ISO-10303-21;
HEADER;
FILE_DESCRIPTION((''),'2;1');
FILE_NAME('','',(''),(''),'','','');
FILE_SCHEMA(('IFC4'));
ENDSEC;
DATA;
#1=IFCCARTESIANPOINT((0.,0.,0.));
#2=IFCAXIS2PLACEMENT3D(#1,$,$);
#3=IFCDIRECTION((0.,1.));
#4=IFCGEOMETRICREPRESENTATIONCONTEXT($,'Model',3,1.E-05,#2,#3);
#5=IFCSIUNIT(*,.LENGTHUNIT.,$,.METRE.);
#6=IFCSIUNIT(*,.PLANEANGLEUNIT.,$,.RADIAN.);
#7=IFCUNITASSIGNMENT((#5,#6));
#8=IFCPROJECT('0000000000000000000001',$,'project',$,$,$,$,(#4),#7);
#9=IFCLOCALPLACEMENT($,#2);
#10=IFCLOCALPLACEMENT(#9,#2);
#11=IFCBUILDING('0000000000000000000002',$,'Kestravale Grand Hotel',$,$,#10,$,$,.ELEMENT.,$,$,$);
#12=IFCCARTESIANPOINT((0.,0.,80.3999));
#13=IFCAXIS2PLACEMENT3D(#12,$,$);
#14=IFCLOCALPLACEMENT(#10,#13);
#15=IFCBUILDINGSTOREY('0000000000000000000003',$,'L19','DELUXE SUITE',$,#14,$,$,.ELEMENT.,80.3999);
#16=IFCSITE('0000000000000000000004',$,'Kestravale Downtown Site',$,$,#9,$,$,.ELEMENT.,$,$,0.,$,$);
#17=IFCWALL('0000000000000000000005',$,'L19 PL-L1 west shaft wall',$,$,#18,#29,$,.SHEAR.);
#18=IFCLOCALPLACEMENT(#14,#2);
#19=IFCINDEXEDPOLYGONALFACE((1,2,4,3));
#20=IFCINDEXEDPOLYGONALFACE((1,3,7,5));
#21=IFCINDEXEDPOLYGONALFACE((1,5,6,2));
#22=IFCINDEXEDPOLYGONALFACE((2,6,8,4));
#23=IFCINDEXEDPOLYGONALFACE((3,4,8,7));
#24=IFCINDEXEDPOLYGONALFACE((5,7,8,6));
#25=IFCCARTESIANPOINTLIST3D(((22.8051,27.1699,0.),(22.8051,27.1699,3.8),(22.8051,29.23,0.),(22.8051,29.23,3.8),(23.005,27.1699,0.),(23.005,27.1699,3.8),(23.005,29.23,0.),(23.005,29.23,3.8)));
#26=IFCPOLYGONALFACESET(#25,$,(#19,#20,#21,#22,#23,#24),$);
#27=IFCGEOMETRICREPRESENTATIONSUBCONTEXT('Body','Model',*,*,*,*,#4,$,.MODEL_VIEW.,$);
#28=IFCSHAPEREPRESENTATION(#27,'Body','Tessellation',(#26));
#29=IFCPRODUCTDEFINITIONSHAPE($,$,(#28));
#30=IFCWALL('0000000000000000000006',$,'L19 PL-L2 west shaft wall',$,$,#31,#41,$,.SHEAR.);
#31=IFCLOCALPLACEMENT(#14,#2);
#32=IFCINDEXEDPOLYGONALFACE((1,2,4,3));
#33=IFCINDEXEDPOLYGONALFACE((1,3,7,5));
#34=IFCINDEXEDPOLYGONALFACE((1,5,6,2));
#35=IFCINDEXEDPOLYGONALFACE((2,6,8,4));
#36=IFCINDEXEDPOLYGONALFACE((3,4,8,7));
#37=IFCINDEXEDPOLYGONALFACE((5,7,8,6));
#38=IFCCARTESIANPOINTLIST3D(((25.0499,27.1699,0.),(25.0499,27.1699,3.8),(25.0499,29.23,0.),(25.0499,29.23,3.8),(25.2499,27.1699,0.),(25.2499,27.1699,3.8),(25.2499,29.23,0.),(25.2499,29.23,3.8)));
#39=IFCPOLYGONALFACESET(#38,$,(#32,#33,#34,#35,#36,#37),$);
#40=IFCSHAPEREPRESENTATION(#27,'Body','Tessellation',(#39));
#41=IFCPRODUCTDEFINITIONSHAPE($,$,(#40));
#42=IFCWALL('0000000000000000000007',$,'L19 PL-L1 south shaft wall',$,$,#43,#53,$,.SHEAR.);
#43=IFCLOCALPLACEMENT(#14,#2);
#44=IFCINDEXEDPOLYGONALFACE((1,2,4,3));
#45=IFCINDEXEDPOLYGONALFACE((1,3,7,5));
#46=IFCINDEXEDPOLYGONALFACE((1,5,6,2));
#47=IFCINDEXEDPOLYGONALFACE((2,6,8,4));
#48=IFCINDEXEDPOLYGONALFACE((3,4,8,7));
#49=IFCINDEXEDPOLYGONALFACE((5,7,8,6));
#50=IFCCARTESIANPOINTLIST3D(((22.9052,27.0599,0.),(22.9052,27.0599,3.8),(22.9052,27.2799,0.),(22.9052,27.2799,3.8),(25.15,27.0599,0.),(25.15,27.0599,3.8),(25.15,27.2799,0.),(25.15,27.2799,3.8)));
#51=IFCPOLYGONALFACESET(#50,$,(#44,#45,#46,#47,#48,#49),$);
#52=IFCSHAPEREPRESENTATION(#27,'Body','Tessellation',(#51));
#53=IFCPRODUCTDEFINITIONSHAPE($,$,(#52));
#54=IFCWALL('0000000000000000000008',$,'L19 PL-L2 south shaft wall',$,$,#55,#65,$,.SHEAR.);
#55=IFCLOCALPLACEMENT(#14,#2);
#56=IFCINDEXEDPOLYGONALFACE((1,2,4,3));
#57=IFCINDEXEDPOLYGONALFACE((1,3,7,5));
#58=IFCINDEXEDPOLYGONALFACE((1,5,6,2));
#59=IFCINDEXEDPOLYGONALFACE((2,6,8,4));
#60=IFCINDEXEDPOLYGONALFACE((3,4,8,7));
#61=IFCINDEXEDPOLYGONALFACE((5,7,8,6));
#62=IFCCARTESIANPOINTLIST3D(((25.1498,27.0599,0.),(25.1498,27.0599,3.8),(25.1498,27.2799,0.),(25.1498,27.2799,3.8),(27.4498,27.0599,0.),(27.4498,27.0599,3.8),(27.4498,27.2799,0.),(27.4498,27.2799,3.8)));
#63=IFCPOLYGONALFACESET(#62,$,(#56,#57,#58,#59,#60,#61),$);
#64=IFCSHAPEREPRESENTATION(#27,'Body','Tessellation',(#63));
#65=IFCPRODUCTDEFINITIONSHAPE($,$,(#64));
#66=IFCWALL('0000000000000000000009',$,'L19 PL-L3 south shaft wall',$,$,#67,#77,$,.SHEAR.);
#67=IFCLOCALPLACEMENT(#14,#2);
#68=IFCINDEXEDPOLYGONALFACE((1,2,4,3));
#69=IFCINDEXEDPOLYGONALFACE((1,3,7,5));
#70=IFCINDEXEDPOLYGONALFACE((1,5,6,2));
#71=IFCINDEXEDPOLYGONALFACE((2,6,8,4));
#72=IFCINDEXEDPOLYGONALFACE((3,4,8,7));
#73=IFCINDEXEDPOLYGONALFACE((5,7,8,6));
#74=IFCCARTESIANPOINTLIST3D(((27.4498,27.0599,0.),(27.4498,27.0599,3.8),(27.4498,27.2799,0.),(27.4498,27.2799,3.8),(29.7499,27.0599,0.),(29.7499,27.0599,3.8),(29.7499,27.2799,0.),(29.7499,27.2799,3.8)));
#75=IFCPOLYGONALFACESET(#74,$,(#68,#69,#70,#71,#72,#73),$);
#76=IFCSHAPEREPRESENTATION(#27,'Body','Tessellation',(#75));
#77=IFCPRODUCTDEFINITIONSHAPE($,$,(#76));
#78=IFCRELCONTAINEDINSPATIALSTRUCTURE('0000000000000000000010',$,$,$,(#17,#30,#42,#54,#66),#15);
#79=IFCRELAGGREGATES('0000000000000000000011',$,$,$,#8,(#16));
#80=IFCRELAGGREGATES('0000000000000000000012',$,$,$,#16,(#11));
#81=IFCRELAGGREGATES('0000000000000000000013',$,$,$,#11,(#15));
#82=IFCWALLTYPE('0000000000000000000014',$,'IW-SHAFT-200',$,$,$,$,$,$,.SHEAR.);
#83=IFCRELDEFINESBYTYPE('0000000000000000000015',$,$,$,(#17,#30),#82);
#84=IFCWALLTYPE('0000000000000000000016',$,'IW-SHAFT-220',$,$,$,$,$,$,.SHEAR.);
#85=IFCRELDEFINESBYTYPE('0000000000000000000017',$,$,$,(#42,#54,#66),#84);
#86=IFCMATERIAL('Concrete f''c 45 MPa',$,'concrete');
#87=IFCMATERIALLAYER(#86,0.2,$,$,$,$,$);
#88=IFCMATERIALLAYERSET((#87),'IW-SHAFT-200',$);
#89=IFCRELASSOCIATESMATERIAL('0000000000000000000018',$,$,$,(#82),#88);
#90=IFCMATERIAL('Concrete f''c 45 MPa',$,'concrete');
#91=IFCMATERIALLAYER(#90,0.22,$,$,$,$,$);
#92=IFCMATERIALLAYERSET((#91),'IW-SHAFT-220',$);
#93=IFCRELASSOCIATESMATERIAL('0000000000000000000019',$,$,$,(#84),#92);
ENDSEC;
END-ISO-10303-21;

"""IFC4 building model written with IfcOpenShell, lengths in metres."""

from ifc_helpers import new_model, si_unit, direction, frame, frame_2d, origin, place, context, subcontext, project, spatial, rectangle, extrude, material, layer, layer_set, type_object, element, save


model = new_model("IFC4")

# Units and contexts
model_context = context("Model", 3, precision=1e-05, world=origin(), true_north=direction((0.0, 1.0)))
body_context = subcontext(model_context, "Body", "Model", "MODEL_VIEW")
ifc_project = project(units=[si_unit("LENGTHUNIT", "METRE"), si_unit("PLANEANGLEUNIT", "RADIAN")], contexts=[model_context])

# Site, building, storey
site_placement = place(None, origin())
site = spatial("IfcSite", under=ifc_project, at=site_placement, Name="Kestravale Downtown Site", CompositionType="ELEMENT", RefElevation=0.0)
building_placement = place(site_placement, origin())
building = spatial("IfcBuilding", under=site, at=building_placement, Name="Kestravale Grand Hotel", CompositionType="ELEMENT")
storey_placement = place(building_placement, frame((0.0, 0.0, 80.3999)))
storey = spatial("IfcBuildingStorey", under=building, at=storey_placement, Name="L19", Description="DELUXE SUITE", CompositionType="ELEMENT", Elevation=80.3999)

# Walls
ifc_material_1 = material(Name="Concrete f'c 45 MPa", Category="concrete")
ifc_layer_1 = layer(ifc_material_1, 0.2)
ifc_layer_set_1 = layer_set([ifc_layer_1], Name="IW-SHAFT-200")
wall_type_1 = type_object("IfcWallType", Name="IW-SHAFT-200", PredefinedType="SHEAR", material=ifc_layer_set_1)
for number, where, z_axis, x_axis, name in (
    (1, (22.905, 27.1699, 0.0), (0.0, 0.0, 1.0), (0.0, 1.0, 0.0), "L19 PL-L1 west shaft wall"),
    (2, (25.1499, 27.1699, 0.0), (0.0, 0.0, 1.0), (0.0, 1.0, 0.0), "L19 PL-L2 west shaft wall"),
):
    element("IfcWall", number, at=place(storey_placement, frame(where, z_axis=z_axis, x_axis=x_axis)), inside=storey, type_object=wall_type_1, Name=name, PredefinedType="SHEAR", context=body_context, shape_type="SweptSolid", body=[
        extrude(rectangle(XDim=2.0601, YDim=0.2, at=frame_2d((1.03, 0.0))), origin(), (0.0, 0.0, 1.0), 3.8),
    ])
ifc_material_2 = material(Name="Concrete f'c 45 MPa", Category="concrete")
ifc_layer_2 = layer(ifc_material_2, 0.22)
ifc_layer_set_2 = layer_set([ifc_layer_2], Name="IW-SHAFT-220")
wall_type_2 = type_object("IfcWallType", Name="IW-SHAFT-220", PredefinedType="SHEAR", material=ifc_layer_set_2)
wall_1_placement = place(storey_placement, frame((22.905, 27.1699, 0.0), z_axis=(0.0, 0.0, 1.0), x_axis=(1.0, 0.0, 0.0)))
element("IfcWall", 3, at=wall_1_placement, inside=storey, type_object=wall_type_2, Name="L19 PL-L1 south shaft wall", PredefinedType="SHEAR", context=body_context, shape_type="SweptSolid", body=[
    extrude(rectangle(XDim=2.2449, YDim=0.22, at=frame_2d((1.1226, 0.0))), origin(), (0.0, 0.0, 1.0), 3.8),
])
for number, where, z_axis, x_axis, name in (
    (4, (25.1499, 27.1699, 0.0), (0.0, 0.0, 1.0), (1.0, 0.0, 0.0), "L19 PL-L2 south shaft wall"),
    (5, (27.45, 27.1699, 0.0), (0.0, 0.0, 1.0), (1.0, 0.0, 0.0), "L19 PL-L3 south shaft wall"),
):
    element("IfcWall", number, at=place(storey_placement, frame(where, z_axis=z_axis, x_axis=x_axis)), inside=storey, type_object=wall_type_2, Name=name, PredefinedType="SHEAR", context=body_context, shape_type="SweptSolid", body=[
        extrude(rectangle(XDim=2.3, YDim=0.22, at=frame_2d((1.1499, 0.0))), origin(), (0.0, 0.0, 1.0), 3.8),
    ])

save(model, "model.ifc")
